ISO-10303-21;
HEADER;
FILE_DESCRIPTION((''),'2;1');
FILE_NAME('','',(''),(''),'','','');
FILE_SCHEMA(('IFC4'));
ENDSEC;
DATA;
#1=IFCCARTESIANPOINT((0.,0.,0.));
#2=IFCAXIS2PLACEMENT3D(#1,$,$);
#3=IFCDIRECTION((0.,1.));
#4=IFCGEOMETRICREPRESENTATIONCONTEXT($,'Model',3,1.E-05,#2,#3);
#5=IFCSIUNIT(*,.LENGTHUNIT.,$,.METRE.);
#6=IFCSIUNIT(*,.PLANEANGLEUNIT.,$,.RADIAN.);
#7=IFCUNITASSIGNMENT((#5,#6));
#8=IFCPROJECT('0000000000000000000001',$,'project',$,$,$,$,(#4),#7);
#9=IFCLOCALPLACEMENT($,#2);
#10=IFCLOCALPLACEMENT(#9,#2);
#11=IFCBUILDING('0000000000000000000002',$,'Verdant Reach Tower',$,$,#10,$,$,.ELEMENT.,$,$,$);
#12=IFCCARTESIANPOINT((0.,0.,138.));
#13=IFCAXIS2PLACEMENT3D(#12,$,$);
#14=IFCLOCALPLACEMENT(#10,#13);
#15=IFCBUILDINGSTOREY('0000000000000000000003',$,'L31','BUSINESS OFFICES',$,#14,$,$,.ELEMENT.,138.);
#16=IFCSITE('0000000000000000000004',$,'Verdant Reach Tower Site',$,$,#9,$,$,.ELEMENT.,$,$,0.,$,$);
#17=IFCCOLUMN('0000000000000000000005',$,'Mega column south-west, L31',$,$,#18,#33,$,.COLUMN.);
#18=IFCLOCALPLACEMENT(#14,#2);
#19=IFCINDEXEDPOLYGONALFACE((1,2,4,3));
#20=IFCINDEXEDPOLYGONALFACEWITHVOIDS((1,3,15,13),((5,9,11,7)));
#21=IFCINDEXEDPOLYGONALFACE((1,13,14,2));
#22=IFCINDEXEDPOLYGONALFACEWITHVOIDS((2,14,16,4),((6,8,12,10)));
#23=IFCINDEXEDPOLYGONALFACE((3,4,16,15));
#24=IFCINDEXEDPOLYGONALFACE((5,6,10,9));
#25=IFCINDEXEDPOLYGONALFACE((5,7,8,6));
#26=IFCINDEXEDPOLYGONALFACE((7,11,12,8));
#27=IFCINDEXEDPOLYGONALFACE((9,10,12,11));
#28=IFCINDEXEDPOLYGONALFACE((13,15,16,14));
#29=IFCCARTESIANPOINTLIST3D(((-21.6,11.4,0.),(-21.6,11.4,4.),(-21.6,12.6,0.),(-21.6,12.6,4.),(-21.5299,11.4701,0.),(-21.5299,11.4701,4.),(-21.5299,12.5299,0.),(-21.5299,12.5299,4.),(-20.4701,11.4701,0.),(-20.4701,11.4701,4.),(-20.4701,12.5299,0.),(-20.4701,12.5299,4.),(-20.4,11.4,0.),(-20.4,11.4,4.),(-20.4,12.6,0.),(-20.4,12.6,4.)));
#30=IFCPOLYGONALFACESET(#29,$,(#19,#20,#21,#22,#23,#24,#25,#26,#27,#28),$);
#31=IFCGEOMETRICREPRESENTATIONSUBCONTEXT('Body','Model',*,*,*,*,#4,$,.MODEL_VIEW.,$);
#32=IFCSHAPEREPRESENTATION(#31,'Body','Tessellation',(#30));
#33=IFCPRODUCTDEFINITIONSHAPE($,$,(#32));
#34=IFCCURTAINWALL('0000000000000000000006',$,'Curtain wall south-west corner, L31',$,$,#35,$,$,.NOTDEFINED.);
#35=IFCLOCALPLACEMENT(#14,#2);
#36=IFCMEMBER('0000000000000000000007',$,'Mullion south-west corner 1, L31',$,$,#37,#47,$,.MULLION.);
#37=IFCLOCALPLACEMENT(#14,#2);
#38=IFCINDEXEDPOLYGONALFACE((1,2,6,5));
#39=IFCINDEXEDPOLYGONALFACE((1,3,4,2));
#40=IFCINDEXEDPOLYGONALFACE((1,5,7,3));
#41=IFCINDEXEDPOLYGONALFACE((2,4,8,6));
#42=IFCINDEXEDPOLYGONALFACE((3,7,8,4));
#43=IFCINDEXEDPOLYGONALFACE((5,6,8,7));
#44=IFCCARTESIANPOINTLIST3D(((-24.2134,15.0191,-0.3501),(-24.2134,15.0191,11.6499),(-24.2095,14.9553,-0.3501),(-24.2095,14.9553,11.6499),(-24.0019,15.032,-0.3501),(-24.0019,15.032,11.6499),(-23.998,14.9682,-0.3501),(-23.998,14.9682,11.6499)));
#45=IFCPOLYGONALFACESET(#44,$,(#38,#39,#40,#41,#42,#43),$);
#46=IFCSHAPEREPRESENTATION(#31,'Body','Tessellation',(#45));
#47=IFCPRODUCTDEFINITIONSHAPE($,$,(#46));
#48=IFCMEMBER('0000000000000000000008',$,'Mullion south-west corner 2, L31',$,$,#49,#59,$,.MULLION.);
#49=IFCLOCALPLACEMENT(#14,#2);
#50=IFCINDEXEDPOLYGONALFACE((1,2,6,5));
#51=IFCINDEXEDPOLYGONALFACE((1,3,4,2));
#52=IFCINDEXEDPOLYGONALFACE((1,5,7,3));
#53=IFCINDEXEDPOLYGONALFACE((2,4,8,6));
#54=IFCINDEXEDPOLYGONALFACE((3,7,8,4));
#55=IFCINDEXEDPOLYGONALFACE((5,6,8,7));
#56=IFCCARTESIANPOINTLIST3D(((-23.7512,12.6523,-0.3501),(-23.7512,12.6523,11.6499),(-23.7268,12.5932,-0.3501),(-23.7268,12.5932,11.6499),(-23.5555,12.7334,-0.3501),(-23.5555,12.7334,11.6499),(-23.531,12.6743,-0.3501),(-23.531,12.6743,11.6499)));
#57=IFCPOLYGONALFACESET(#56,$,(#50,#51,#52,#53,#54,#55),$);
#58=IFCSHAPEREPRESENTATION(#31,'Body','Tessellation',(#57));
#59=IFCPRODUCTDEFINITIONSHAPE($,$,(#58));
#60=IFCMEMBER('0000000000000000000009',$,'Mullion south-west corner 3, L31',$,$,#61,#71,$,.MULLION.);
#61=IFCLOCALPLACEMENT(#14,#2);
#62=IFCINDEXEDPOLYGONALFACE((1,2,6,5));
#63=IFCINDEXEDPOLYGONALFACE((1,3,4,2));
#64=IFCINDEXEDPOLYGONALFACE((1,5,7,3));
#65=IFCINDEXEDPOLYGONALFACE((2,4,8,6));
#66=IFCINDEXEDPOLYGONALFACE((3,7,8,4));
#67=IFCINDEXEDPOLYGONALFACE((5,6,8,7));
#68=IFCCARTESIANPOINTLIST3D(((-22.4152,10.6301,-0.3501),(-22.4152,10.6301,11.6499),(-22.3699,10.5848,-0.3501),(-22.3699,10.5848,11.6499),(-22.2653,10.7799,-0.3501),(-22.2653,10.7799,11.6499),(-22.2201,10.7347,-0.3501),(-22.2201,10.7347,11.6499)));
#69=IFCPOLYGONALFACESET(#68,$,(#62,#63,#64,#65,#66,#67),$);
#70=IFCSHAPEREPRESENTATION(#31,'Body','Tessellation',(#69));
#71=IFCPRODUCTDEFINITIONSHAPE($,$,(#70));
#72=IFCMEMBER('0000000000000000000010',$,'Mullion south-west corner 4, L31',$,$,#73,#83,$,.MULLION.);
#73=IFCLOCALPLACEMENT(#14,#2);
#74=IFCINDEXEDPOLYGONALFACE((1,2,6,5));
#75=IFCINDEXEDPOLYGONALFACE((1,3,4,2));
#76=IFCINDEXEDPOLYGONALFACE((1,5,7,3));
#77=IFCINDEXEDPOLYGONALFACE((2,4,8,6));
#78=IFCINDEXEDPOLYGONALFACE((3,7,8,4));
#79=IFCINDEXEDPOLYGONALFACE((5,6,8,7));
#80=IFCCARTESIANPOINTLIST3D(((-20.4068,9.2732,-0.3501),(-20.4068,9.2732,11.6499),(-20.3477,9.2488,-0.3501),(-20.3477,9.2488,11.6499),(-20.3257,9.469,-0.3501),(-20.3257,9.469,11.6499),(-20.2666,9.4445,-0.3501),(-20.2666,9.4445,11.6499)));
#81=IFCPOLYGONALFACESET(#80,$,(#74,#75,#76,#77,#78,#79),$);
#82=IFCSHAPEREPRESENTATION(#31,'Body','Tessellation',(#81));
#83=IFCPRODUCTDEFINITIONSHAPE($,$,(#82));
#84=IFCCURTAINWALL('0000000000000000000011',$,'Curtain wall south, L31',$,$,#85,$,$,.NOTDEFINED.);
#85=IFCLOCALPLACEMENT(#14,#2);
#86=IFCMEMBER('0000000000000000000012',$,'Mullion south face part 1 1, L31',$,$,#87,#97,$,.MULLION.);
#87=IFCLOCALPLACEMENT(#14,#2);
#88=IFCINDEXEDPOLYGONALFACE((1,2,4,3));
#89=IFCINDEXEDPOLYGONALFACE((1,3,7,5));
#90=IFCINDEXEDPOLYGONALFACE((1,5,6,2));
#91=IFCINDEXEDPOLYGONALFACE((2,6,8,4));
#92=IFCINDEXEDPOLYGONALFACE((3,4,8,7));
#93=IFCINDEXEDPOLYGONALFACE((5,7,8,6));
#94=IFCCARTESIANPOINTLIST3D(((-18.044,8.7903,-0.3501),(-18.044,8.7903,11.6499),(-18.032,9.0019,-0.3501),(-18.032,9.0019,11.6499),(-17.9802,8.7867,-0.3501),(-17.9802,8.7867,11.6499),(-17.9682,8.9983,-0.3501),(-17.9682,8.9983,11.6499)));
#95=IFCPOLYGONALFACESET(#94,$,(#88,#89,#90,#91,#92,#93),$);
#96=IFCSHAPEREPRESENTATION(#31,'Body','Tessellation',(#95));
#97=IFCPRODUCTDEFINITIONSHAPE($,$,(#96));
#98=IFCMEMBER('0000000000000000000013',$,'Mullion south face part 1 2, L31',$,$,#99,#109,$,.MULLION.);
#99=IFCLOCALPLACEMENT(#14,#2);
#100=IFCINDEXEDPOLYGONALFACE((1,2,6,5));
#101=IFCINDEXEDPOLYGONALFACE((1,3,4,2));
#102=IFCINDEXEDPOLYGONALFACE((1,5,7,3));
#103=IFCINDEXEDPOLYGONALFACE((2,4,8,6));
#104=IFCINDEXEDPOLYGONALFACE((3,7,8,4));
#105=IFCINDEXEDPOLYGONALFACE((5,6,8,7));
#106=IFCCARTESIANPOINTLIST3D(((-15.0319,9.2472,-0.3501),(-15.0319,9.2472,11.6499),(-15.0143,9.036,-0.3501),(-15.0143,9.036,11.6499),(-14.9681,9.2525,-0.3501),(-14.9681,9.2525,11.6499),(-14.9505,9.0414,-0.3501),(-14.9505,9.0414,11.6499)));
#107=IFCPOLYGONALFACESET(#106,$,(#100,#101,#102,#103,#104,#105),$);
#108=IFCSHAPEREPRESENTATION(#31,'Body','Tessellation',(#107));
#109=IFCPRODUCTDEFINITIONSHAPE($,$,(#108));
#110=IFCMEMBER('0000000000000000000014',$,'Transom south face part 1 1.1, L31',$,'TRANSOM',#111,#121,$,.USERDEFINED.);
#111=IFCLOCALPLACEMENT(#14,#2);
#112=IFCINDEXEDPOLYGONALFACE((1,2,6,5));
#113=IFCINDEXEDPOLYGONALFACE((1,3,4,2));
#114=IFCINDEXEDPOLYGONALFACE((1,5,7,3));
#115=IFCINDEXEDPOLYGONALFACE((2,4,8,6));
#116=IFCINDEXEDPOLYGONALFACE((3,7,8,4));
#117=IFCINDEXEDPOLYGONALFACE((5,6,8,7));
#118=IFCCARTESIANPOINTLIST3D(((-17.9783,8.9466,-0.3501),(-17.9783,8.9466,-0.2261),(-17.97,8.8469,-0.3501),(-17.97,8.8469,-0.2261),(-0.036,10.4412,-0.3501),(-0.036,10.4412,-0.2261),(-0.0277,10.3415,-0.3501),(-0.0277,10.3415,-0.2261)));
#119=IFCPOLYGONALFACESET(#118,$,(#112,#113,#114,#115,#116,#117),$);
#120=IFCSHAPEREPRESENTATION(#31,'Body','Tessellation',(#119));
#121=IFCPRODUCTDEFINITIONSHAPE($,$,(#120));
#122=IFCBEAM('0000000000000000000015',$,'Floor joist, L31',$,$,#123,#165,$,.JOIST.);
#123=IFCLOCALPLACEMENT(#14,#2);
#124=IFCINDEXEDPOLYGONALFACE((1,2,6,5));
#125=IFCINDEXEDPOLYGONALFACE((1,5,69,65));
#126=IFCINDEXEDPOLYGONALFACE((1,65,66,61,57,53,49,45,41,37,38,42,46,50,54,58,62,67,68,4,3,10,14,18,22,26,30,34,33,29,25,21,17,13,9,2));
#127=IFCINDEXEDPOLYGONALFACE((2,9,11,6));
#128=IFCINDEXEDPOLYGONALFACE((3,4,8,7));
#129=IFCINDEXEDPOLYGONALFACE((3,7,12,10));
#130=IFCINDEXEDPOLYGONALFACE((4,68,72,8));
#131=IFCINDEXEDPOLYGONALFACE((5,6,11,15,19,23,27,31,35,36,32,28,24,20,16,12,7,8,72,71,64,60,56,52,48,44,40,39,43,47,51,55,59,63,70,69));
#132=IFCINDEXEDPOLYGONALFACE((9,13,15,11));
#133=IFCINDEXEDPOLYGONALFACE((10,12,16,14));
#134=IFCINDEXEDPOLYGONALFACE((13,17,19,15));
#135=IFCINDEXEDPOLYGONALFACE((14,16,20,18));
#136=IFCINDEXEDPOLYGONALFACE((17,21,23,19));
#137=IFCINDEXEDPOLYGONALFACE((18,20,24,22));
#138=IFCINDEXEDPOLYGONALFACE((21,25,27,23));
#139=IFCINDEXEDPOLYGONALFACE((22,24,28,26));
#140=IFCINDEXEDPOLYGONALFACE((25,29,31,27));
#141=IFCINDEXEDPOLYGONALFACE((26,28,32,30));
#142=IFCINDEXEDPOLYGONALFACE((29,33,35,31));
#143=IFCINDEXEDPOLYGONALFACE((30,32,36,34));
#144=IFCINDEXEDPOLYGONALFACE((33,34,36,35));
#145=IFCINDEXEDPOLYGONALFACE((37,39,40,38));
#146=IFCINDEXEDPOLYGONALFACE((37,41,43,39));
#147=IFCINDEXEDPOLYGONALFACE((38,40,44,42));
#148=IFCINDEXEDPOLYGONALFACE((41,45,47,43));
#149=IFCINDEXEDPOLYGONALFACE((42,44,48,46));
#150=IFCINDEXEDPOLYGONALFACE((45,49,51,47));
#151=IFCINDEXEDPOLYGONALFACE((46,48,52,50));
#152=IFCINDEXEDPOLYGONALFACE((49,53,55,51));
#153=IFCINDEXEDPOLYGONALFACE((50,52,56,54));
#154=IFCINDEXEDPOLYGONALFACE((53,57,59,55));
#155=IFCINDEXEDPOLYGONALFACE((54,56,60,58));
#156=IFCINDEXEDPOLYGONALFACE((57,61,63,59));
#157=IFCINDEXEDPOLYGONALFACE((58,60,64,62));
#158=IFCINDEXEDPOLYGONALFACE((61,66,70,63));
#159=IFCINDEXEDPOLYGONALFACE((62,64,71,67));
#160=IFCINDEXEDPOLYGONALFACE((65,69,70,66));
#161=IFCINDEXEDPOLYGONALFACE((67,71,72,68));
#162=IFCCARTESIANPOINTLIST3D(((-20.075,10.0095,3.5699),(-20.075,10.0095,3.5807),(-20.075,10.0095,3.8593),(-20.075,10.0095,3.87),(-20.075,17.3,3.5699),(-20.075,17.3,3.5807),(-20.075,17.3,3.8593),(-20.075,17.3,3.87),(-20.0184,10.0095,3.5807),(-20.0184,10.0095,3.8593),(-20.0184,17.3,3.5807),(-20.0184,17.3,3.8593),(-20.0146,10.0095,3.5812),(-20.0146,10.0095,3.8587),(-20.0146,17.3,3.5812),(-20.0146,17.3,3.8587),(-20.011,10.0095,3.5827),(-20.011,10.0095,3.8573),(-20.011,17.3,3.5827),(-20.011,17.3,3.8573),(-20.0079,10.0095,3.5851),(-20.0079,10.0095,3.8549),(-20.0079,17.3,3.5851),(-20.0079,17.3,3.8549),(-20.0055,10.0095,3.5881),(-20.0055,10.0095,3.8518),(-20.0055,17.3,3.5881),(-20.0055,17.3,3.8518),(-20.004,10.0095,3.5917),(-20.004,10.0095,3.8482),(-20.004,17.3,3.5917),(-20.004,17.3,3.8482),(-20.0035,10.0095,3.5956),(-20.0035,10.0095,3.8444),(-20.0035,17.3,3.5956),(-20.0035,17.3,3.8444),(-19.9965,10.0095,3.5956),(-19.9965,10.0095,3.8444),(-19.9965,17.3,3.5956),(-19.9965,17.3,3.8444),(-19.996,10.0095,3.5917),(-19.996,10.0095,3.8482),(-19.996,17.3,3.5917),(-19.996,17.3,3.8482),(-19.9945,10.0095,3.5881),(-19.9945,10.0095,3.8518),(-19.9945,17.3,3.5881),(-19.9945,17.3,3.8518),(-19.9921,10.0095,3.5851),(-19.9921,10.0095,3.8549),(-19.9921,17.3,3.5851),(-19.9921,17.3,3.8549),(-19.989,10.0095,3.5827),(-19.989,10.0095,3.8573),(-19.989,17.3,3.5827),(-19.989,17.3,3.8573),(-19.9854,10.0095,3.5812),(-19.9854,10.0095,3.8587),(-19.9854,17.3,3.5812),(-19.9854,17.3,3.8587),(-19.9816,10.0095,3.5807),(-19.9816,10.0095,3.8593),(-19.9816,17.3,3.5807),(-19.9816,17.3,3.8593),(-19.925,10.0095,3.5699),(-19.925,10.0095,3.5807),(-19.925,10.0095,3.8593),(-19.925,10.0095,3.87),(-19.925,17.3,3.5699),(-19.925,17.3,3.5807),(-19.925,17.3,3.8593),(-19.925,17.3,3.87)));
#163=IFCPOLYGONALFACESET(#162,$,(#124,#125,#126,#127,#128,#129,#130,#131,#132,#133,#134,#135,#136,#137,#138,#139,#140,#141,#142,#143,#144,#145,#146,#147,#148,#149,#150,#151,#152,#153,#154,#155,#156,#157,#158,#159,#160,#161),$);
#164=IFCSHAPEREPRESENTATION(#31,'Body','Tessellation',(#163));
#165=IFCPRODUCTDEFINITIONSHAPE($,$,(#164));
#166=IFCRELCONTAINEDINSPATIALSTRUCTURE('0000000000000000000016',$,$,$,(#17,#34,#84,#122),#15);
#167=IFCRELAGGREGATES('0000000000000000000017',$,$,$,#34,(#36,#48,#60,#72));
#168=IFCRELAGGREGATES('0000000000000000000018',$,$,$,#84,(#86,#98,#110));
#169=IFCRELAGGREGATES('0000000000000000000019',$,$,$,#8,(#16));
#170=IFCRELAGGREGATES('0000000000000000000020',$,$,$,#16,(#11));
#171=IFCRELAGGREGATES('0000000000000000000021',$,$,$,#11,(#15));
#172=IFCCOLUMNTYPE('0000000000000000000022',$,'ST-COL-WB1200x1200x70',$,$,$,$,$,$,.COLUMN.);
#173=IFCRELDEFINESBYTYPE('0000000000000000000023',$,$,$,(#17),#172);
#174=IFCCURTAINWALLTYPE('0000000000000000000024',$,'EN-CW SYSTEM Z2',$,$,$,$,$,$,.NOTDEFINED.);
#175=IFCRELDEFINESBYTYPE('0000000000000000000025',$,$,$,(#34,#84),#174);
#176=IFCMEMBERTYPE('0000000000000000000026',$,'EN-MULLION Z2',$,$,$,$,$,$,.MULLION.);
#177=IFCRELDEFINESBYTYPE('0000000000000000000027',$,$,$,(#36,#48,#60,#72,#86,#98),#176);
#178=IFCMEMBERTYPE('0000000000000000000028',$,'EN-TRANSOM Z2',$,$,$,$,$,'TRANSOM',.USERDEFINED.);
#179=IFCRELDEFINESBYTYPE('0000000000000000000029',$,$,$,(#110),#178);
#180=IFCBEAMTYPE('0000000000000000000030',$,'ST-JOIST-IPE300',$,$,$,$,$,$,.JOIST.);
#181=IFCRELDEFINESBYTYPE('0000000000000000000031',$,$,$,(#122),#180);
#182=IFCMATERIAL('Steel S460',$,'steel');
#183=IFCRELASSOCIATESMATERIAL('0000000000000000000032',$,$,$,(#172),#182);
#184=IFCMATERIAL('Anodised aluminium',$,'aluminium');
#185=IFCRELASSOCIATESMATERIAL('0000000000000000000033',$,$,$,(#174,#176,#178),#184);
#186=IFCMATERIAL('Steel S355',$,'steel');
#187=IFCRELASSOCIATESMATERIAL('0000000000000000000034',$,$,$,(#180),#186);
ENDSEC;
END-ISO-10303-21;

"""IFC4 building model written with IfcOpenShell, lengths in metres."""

from ifc_helpers import new_model, si_unit, direction, frame, origin, origin_2d, place, context, subcontext, project, spatial, rectangle, hollow_rectangle, i_section, extrude, material, material_profile, profile_set, type_object, element, aggregate, save


model = new_model("IFC4")

# Units and contexts
model_context = context("Model", 3, precision=1e-05, world=origin(), true_north=direction((0.0, 1.0)))
body_context = subcontext(model_context, "Body", "Model", "MODEL_VIEW")
ifc_project = project(units=[si_unit("LENGTHUNIT", "METRE"), si_unit("PLANEANGLEUNIT", "RADIAN")], contexts=[model_context])

# Site, building, storey
site_placement = place(None, origin())
site = spatial("IfcSite", under=ifc_project, at=site_placement, Name="Verdant Reach Tower Site", CompositionType="ELEMENT", RefElevation=0.0)
building_placement = place(site_placement, origin())
building = spatial("IfcBuilding", under=site, at=building_placement, Name="Verdant Reach Tower", CompositionType="ELEMENT")
storey_placement = place(building_placement, frame((0.0, 0.0, 138.0)))
storey = spatial("IfcBuildingStorey", under=building, at=storey_placement, Name="L31", Description="BUSINESS OFFICES", CompositionType="ELEMENT", Elevation=138.0)

# Column
ifc_material_1 = material(Name="Steel S460", Category="steel")
ifc_material_profile_1 = material_profile(ifc_material_1, hollow_rectangle(XDim=1.2, YDim=1.2, WallThickness=0.0701, at=origin_2d()), Name="WB 1200x1200x70")
ifc_profile_set_1 = profile_set([ifc_material_profile_1], Name="Steel S460")
column_type = type_object("IfcColumnType", Name="ST-COL-WB1200x1200x70", PredefinedType="COLUMN", material=ifc_profile_set_1)
column_placement = place(storey_placement, frame((-21.0, 12.0, 0.0), z_axis=(0.0, 0.0, 1.0), x_axis=(1.0, 0.0, 0.0)))
element("IfcColumn", 1, at=column_placement, inside=storey, type_object=column_type, Name="Mega column south-west, L31", PredefinedType="COLUMN", context=body_context, shape_type="SweptSolid", body=[
    extrude(hollow_rectangle(XDim=1.2, YDim=1.2, WallThickness=0.0701, at=origin_2d()), origin(), (0.0, 0.0, 1.0), 4.0),
])

# Curtain walls, members
ifc_material_2 = material(Name="Anodised aluminium", Category="aluminium")
curtain_wall_type = type_object("IfcCurtainWallType", Name="EN-CW SYSTEM Z2", PredefinedType="NOTDEFINED", material=ifc_material_2)
curtain_wall_1_placement = place(storey_placement, origin())
curtain_wall_1 = element("IfcCurtainWall", 2, at=curtain_wall_1_placement, inside=storey, type_object=curtain_wall_type, Name="Curtain wall south-west corner, L31", PredefinedType="NOTDEFINED")
ifc_material_profile_2 = material_profile(ifc_material_2, rectangle(XDim=0.2119, YDim=0.064, at=origin_2d()), Name="Mullion 64x212")
ifc_profile_set_2 = profile_set([ifc_material_profile_2], Name="Anodised aluminium")
member_type_1 = type_object("IfcMemberType", Name="EN-MULLION Z2", PredefinedType="MULLION", material=ifc_profile_set_2)
member_1_placement = place(storey_placement, frame((-24.1057, 14.9937, -0.3501), z_axis=(0.0, 0.0, 1.0), x_axis=(-0.998156, -0.060703, 0.0)))
member_1 = element("IfcMember", 3, at=member_1_placement, type_object=member_type_1, Name="Mullion south-west corner 1, L31", PredefinedType="MULLION", context=body_context, shape_type="SweptSolid", body=[
    extrude(rectangle(XDim=0.2119, YDim=0.064, at=origin_2d()), origin(), (0.0, 0.0, 1.0), 12.0),
])
member_2_placement = place(storey_placement, frame((-23.6411, 12.6633, -0.3501), z_axis=(0.0, 0.0, 1.0), x_axis=(-0.923875, -0.382694, 0.0)))
member_2 = element("IfcMember", 4, at=member_2_placement, type_object=member_type_1, Name="Mullion south-west corner 2, L31", PredefinedType="MULLION", context=body_context, shape_type="SweptSolid", body=[
    extrude(rectangle(XDim=0.2119, YDim=0.064, at=origin_2d()), origin(), (0.0, 0.0, 1.0), 12.0),
])
member_3_placement = place(storey_placement, frame((-22.3176, 10.6824, -0.3501), z_axis=(0.0, 0.0, 1.0), x_axis=(-0.707107, -0.707107, 0.0)))
member_3 = element("IfcMember", 5, at=member_3_placement, type_object=member_type_1, Name="Mullion south-west corner 3, L31", PredefinedType="MULLION", context=body_context, shape_type="SweptSolid", body=[
    extrude(rectangle(XDim=0.2119, YDim=0.064, at=origin_2d()), origin(), (0.0, 0.0, 1.0), 12.0),
])
member_4_placement = place(storey_placement, frame((-20.3367, 9.3589, -0.3501), z_axis=(0.0, 0.0, 1.0), x_axis=(-0.382694, -0.923875, 0.0)))
member_4 = element("IfcMember", 6, at=member_4_placement, type_object=member_type_1, Name="Mullion south-west corner 4, L31", PredefinedType="MULLION", context=body_context, shape_type="SweptSolid", body=[
    extrude(rectangle(XDim=0.2119, YDim=0.064, at=origin_2d()), origin(), (0.0, 0.0, 1.0), 12.0),
])
curtain_wall_2_placement = place(storey_placement, origin())
curtain_wall_2 = element("IfcCurtainWall", 7, at=curtain_wall_2_placement, inside=storey, type_object=curtain_wall_type, Name="Curtain wall south, L31", PredefinedType="NOTDEFINED")
member_5_placement = place(storey_placement, frame((-18.0061, 8.8943, -0.3501), z_axis=(0.0, 0.0, 1.0), x_axis=(-0.056569, -0.998399, 0.0)))
member_5 = element("IfcMember", 8, at=member_5_placement, type_object=member_type_1, Name="Mullion south face part 1 1, L31", PredefinedType="MULLION", context=body_context, shape_type="SweptSolid", body=[
    extrude(rectangle(XDim=0.2119, YDim=0.064, at=origin_2d()), origin(), (0.0, 0.0, 1.0), 12.0),
])
member_6_placement = place(storey_placement, frame((-14.9912, 9.1443, -0.3501), z_axis=(0.0, 0.0, 1.0), x_axis=(0.083045, -0.996546, 0.0)))
member_6 = element("IfcMember", 9, at=member_6_placement, type_object=member_type_1, Name="Mullion south face part 1 2, L31", PredefinedType="MULLION", context=body_context, shape_type="SweptSolid", body=[
    extrude(rectangle(XDim=0.2119, YDim=0.064, at=origin_2d()), origin(), (0.0, 0.0, 1.0), 12.0),
])
ifc_material_profile_3 = material_profile(ifc_material_2, rectangle(XDim=0.1001, YDim=0.124, at=origin_2d()), Name="Transom 124x100")
ifc_profile_set_3 = profile_set([ifc_material_profile_3], Name="Anodised aluminium")
member_type_2 = type_object("IfcMemberType", Name="EN-TRANSOM Z2", ElementType="TRANSOM", PredefinedType="USERDEFINED", material=ifc_profile_set_3)
member_7_placement = place(storey_placement, frame((-17.9741, 8.8967, -0.2881), z_axis=(0.996548, 0.083015, 0.0), x_axis=(-0.083015, 0.996548, 0.0)))
member_7 = element("IfcMember", 10, at=member_7_placement, type_object=member_type_2, Name="Transom south face part 1 1.1, L31", ObjectType="TRANSOM", PredefinedType="USERDEFINED", context=body_context, shape_type="SweptSolid", body=[
    extrude(rectangle(XDim=0.1001, YDim=0.124, at=origin_2d()), origin(), (0.0, 0.0, 1.0), 18.0044),
])

# Beam
ifc_material_3 = material(Name="Steel S355", Category="steel")
ifc_material_profile_4 = material_profile(ifc_material_3, i_section(OverallWidth=0.1499, OverallDepth=0.3, WebThickness=0.0071, FlangeThickness=0.0107, FilletRadius=0.0149, at=origin_2d()), Name="IPE 300")
ifc_profile_set_4 = profile_set([ifc_material_profile_4], Name="Steel S355")
beam_type_1 = type_object("IfcBeamType", Name="ST-JOIST-IPE300", PredefinedType="JOIST", material=ifc_profile_set_4)
beam_1_placement = place(storey_placement, frame((-20.0, 17.3, 3.72), z_axis=(0.0, -1.0, 0.0), x_axis=(1.0, 0.0, 0.0)))
element("IfcBeam", 11, at=beam_1_placement, inside=storey, type_object=beam_type_1, Name="Floor joist, L31", PredefinedType="JOIST", context=body_context, shape_type="SweptSolid", body=[
    extrude(i_section(OverallWidth=0.1499, OverallDepth=0.3, WebThickness=0.0071, FlangeThickness=0.0107, FilletRadius=0.0149, at=origin_2d()), origin(), (0.0, 0.0, 1.0), 7.2905),
])

aggregate(curtain_wall_1, [member_1, member_2, member_3, member_4])
aggregate(curtain_wall_2, [member_5, member_6, member_7])

save(model, "model.ifc")
